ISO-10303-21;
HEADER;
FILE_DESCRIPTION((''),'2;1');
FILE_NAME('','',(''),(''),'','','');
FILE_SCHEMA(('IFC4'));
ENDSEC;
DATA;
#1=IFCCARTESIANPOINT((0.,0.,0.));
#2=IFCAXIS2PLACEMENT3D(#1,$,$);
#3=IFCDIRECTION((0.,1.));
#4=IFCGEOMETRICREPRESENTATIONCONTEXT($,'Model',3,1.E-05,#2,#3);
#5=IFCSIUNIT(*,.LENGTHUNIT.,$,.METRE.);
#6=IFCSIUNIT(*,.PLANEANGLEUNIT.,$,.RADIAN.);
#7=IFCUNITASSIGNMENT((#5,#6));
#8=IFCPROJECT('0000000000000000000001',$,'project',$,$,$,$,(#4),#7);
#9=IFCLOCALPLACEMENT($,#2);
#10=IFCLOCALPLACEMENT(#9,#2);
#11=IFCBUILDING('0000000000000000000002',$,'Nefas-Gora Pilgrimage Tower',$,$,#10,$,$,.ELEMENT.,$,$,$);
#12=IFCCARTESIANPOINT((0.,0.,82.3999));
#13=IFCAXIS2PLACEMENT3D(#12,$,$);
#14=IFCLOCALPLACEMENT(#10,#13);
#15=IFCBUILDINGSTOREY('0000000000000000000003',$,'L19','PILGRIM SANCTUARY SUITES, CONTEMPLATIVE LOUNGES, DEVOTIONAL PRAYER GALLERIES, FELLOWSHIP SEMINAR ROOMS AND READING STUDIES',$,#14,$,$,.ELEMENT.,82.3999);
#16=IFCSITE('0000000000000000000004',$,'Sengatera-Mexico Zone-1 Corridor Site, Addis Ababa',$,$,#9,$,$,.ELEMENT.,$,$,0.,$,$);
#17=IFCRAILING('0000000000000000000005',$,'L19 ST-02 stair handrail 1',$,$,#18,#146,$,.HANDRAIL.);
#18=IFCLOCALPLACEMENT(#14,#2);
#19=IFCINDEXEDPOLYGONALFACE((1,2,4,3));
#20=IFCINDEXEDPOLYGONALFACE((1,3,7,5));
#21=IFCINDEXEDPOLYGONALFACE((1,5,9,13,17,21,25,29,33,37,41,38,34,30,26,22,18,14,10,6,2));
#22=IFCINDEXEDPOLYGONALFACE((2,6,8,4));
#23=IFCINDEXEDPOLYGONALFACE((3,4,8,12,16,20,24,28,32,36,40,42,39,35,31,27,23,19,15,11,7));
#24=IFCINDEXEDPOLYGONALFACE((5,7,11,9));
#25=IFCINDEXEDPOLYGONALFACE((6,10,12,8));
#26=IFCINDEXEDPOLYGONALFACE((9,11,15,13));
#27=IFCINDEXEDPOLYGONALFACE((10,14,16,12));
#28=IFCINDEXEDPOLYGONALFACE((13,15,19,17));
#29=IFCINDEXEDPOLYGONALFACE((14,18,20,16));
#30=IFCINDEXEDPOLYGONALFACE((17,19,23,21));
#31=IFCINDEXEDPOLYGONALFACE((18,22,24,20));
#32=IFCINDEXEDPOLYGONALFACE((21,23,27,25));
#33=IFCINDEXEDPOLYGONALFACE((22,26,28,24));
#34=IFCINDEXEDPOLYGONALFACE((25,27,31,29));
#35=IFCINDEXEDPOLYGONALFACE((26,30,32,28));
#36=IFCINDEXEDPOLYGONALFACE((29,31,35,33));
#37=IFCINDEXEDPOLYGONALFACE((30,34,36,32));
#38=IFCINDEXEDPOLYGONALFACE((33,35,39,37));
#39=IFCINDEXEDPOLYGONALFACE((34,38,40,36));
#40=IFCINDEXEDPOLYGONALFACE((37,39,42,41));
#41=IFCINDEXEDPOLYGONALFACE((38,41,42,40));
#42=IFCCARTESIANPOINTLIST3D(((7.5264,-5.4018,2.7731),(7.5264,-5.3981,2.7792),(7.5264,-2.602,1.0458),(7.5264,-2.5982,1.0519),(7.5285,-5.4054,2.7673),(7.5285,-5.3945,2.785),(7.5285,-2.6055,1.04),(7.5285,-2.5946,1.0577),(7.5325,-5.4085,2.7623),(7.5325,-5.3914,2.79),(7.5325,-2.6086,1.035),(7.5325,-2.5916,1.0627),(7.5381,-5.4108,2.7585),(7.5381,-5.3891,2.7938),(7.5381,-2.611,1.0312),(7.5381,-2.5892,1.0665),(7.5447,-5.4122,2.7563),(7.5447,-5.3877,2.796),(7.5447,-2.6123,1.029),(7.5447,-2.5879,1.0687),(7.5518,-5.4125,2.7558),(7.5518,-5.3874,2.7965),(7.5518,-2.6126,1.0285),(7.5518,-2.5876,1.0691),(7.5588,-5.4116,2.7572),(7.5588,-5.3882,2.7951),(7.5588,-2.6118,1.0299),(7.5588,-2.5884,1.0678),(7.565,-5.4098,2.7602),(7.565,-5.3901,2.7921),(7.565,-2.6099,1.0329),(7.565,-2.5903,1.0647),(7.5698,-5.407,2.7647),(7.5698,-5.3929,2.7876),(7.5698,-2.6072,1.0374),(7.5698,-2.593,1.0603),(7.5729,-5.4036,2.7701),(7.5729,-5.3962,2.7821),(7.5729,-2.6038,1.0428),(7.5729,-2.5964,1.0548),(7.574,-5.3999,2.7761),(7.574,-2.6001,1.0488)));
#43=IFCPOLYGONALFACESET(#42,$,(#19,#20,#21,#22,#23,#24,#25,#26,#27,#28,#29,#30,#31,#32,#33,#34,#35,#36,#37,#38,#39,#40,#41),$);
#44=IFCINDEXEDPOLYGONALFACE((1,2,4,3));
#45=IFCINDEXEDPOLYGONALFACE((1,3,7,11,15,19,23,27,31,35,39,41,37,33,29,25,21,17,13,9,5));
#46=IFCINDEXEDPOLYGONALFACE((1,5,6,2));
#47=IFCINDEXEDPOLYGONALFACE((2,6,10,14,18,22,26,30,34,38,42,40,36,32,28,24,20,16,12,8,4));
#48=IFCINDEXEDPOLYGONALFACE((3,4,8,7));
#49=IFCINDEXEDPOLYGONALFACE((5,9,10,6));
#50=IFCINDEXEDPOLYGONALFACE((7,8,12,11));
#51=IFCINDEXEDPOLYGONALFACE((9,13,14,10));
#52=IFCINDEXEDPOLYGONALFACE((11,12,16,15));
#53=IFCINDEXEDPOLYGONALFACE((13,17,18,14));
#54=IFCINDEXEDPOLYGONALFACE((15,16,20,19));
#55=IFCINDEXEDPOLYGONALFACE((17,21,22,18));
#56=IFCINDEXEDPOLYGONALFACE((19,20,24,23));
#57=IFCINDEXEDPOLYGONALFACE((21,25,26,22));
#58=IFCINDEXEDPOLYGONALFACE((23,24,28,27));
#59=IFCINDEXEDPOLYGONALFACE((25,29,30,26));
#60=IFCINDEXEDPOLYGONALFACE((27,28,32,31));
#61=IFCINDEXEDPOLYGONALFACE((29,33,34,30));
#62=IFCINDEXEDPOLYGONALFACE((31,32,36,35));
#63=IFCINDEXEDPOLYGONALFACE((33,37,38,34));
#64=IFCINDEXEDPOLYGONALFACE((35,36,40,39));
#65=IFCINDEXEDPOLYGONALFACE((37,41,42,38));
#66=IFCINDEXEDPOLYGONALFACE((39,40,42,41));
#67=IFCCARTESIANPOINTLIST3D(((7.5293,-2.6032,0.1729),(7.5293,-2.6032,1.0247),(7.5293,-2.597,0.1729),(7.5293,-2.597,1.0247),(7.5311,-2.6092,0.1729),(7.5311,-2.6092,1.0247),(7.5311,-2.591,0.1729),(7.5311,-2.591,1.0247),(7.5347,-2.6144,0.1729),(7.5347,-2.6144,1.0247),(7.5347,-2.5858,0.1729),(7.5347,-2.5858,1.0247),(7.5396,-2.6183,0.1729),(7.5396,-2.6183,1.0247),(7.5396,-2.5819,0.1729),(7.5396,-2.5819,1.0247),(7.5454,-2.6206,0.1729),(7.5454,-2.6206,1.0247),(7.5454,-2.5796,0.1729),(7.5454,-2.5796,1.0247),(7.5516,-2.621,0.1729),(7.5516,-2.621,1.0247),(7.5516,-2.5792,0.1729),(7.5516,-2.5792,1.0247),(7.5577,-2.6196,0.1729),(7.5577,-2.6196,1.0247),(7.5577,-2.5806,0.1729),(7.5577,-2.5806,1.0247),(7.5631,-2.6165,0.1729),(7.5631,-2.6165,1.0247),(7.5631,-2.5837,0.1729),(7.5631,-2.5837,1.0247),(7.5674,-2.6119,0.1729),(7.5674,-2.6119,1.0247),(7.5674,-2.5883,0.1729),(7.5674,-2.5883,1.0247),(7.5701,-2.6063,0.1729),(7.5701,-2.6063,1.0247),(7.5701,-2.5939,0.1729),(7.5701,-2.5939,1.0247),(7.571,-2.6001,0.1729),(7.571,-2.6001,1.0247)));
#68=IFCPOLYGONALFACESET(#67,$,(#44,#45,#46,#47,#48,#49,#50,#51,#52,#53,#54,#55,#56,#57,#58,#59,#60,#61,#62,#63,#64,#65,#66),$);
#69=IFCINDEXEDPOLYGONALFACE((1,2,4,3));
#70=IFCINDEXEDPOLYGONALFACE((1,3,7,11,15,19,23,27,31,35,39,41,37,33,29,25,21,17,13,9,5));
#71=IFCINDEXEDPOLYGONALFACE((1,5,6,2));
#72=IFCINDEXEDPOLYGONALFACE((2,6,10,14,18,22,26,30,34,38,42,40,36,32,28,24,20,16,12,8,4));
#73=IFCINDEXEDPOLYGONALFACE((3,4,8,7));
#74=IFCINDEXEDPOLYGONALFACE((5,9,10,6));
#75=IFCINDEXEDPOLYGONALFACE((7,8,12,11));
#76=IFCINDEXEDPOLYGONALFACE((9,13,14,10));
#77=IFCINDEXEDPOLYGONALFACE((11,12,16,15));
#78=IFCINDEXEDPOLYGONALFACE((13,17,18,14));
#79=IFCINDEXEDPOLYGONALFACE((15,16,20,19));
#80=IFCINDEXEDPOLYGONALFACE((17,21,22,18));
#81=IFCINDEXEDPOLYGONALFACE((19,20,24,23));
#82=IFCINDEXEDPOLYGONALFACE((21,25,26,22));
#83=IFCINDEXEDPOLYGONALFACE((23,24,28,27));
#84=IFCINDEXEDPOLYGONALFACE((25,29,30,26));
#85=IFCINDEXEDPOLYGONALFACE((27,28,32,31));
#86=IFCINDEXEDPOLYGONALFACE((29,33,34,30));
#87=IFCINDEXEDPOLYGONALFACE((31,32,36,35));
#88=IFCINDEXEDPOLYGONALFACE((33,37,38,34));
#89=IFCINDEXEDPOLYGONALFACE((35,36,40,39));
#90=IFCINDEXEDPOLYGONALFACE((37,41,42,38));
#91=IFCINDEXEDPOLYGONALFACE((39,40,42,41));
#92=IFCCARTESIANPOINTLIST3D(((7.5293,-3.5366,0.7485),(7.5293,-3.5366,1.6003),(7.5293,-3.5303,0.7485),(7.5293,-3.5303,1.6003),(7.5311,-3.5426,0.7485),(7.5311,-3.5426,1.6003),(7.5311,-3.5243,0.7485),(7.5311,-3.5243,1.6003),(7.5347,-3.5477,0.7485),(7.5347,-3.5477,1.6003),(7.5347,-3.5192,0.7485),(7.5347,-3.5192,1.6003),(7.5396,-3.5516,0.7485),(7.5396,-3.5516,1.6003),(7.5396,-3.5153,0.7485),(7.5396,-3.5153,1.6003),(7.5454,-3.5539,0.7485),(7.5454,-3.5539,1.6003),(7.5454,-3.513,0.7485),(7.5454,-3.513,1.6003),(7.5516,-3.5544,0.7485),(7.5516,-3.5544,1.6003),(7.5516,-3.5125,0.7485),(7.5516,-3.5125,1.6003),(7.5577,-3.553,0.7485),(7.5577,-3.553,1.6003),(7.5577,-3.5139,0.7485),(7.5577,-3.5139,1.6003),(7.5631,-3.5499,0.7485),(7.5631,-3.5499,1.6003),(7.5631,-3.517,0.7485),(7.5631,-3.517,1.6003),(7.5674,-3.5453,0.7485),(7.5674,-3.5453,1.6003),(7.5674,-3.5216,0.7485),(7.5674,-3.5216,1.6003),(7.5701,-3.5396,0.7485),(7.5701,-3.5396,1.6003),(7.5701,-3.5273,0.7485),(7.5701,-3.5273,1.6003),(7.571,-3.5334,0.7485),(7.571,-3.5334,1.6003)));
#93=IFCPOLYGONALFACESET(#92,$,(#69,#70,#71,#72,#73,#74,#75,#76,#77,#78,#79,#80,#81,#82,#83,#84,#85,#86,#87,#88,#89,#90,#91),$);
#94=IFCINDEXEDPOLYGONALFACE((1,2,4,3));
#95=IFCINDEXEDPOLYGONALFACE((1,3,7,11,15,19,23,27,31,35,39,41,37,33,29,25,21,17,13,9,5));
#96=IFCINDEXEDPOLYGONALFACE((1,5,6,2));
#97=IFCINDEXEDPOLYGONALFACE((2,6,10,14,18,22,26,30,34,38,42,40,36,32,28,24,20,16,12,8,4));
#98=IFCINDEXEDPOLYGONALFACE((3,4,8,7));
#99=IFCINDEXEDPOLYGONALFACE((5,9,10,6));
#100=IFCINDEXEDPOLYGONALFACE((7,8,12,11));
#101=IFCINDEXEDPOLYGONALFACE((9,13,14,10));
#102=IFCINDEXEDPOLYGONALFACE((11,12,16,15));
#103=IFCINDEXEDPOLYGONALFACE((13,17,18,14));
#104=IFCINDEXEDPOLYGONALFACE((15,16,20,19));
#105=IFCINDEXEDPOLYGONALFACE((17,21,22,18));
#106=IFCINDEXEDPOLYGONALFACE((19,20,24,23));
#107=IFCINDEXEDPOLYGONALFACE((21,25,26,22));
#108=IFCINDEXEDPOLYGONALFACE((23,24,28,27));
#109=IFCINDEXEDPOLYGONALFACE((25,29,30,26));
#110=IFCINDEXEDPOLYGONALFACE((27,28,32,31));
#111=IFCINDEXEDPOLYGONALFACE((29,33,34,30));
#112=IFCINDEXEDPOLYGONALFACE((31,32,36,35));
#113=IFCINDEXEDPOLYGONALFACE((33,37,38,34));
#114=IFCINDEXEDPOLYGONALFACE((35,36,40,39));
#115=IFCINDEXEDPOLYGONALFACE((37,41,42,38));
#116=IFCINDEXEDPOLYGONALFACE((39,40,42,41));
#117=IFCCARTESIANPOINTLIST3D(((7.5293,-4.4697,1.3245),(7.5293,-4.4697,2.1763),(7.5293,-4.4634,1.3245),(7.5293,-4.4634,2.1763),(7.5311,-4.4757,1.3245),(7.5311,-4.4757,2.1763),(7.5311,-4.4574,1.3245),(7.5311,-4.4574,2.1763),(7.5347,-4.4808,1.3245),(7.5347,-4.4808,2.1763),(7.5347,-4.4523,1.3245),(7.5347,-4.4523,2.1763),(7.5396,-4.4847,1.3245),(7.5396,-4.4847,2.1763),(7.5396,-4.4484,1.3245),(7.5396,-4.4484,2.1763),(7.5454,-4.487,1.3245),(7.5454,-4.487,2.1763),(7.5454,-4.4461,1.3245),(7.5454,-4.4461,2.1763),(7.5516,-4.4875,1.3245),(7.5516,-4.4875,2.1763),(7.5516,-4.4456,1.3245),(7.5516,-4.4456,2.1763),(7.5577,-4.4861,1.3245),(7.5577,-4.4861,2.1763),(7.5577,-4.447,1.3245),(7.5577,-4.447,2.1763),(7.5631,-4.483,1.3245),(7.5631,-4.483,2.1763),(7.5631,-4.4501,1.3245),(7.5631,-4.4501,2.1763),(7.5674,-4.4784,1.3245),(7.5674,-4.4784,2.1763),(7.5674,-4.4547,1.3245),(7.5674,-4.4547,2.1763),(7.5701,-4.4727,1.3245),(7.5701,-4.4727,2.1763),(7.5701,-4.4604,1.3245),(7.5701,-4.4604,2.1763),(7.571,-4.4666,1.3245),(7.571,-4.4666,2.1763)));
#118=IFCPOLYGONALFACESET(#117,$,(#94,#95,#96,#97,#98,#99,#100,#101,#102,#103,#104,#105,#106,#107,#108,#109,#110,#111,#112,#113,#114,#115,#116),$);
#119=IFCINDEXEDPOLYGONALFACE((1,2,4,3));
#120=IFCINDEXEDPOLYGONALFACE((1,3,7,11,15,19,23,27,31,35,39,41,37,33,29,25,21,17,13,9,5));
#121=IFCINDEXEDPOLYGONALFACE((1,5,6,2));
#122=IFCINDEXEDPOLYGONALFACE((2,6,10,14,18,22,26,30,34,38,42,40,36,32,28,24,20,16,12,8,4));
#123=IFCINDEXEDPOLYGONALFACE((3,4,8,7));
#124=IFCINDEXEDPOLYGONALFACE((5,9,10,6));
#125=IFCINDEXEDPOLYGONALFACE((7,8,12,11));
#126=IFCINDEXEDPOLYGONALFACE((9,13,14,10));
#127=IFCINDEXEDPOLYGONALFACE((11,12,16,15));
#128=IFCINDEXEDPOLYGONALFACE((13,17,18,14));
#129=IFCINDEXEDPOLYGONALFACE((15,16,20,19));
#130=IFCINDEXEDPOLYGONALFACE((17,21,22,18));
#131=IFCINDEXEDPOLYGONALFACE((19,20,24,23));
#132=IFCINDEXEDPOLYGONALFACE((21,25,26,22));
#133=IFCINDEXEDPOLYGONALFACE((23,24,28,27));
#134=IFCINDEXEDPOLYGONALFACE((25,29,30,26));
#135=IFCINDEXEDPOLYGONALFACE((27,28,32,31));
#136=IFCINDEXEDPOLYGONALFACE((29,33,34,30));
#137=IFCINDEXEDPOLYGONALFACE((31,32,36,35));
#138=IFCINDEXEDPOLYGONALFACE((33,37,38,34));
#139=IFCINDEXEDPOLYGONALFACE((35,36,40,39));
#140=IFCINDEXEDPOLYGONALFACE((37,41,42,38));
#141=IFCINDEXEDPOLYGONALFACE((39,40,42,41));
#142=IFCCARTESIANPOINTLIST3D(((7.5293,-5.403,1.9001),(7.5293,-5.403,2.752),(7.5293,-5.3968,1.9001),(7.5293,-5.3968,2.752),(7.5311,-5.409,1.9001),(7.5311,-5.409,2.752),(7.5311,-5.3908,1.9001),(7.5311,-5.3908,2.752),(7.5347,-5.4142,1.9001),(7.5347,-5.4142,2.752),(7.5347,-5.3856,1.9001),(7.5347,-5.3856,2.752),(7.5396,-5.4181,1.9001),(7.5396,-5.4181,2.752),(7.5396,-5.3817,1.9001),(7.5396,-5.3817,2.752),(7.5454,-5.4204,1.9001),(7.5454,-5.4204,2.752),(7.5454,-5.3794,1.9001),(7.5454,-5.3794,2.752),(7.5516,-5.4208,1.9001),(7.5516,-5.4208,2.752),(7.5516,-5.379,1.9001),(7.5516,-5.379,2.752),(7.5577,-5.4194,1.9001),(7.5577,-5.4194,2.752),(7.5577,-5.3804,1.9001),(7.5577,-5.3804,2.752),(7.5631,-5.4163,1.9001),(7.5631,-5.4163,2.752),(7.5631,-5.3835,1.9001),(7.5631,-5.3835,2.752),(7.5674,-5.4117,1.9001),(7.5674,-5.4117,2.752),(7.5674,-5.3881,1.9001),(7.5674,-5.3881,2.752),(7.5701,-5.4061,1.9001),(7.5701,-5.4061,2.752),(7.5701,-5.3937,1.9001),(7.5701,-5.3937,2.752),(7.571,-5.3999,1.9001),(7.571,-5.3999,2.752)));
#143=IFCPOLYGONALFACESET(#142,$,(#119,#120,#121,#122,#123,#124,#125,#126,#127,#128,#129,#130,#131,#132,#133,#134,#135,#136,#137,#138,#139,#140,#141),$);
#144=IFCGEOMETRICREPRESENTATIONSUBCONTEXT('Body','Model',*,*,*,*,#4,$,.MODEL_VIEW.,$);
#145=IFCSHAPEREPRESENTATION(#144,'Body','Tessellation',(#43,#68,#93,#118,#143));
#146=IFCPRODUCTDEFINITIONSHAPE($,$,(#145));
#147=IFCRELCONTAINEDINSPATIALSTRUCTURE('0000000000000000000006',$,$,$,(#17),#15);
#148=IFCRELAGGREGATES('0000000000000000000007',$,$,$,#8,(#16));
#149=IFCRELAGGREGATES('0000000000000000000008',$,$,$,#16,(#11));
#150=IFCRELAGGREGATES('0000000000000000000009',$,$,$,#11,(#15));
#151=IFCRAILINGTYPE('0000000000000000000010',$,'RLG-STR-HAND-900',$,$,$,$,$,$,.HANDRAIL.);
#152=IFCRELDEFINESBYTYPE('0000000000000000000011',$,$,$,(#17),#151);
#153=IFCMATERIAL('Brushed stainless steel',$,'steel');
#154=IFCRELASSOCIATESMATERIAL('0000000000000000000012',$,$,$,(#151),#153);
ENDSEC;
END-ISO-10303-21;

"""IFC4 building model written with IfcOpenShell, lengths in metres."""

from ifc_helpers import new_model, si_unit, direction, frame, origin, origin_2d, place, context, subcontext, project, spatial, circle, extrude, material, type_object, element, save


model = new_model("IFC4")

# Units and contexts
model_context = context("Model", 3, precision=1e-05, world=origin(), true_north=direction((0.0, 1.0)))
body_context = subcontext(model_context, "Body", "Model", "MODEL_VIEW")
ifc_project = project(units=[si_unit("LENGTHUNIT", "METRE"), si_unit("PLANEANGLEUNIT", "RADIAN")], contexts=[model_context])

# Site, building, storey
site_placement = place(None, origin())
site = spatial("IfcSite", under=ifc_project, at=site_placement, Name="Sengatera-Mexico Zone-1 Corridor Site, Addis Ababa", CompositionType="ELEMENT", RefElevation=0.0)
building_placement = place(site_placement, origin())
building = spatial("IfcBuilding", under=site, at=building_placement, Name="Nefas-Gora Pilgrimage Tower", CompositionType="ELEMENT")
storey_placement = place(building_placement, frame((0.0, 0.0, 82.3999)))
storey = spatial("IfcBuildingStorey", under=building, at=storey_placement, Name="L19", Description="PILGRIM SANCTUARY SUITES, CONTEMPLATIVE LOUNGES, DEVOTIONAL PRAYER GALLERIES, FELLOWSHIP SEMINAR ROOMS AND READING STUDIES", CompositionType="ELEMENT", Elevation=82.3999)

# Railing
ifc_material_1 = material(Name="Brushed stainless steel", Category="steel")
railing_type_1 = type_object("IfcRailingType", Name="RLG-STR-HAND-900", PredefinedType="HANDRAIL", material=ifc_material_1)
railing_1_placement = place(storey_placement, frame((7.55, -2.6001, 0.1729)))
element("IfcRailing", 1, at=railing_1_placement, inside=storey, type_object=railing_type_1, Name="L19 ST-02 stair handrail 1", PredefinedType="HANDRAIL", context=body_context, shape_type="SweptSolid", body=[
    extrude(circle(Radius=0.0239, at=origin_2d()), frame((0.0, 0.0, 0.876), z_axis=(0.0, -0.851069, 0.525054), x_axis=(1.0, 0.0, 0.0)), (0.0, 0.0, 1.0), 3.2898),
    extrude(circle(Radius=0.021, at=origin_2d()), origin(), (0.0, 0.0, 1.0), 0.8518),
    extrude(circle(Radius=0.021, at=origin_2d()), frame((0.0, -0.9333, 0.5757)), (0.0, 0.0, 1.0), 0.8518),
    extrude(circle(Radius=0.021, at=origin_2d()), frame((0.0, -1.8665, 1.1516)), (0.0, 0.0, 1.0), 0.8518),
    extrude(circle(Radius=0.021, at=origin_2d()), frame((0.0, -2.7998, 1.7273)), (0.0, 0.0, 1.0), 0.8518),
])

save(model, "model.ifc")
